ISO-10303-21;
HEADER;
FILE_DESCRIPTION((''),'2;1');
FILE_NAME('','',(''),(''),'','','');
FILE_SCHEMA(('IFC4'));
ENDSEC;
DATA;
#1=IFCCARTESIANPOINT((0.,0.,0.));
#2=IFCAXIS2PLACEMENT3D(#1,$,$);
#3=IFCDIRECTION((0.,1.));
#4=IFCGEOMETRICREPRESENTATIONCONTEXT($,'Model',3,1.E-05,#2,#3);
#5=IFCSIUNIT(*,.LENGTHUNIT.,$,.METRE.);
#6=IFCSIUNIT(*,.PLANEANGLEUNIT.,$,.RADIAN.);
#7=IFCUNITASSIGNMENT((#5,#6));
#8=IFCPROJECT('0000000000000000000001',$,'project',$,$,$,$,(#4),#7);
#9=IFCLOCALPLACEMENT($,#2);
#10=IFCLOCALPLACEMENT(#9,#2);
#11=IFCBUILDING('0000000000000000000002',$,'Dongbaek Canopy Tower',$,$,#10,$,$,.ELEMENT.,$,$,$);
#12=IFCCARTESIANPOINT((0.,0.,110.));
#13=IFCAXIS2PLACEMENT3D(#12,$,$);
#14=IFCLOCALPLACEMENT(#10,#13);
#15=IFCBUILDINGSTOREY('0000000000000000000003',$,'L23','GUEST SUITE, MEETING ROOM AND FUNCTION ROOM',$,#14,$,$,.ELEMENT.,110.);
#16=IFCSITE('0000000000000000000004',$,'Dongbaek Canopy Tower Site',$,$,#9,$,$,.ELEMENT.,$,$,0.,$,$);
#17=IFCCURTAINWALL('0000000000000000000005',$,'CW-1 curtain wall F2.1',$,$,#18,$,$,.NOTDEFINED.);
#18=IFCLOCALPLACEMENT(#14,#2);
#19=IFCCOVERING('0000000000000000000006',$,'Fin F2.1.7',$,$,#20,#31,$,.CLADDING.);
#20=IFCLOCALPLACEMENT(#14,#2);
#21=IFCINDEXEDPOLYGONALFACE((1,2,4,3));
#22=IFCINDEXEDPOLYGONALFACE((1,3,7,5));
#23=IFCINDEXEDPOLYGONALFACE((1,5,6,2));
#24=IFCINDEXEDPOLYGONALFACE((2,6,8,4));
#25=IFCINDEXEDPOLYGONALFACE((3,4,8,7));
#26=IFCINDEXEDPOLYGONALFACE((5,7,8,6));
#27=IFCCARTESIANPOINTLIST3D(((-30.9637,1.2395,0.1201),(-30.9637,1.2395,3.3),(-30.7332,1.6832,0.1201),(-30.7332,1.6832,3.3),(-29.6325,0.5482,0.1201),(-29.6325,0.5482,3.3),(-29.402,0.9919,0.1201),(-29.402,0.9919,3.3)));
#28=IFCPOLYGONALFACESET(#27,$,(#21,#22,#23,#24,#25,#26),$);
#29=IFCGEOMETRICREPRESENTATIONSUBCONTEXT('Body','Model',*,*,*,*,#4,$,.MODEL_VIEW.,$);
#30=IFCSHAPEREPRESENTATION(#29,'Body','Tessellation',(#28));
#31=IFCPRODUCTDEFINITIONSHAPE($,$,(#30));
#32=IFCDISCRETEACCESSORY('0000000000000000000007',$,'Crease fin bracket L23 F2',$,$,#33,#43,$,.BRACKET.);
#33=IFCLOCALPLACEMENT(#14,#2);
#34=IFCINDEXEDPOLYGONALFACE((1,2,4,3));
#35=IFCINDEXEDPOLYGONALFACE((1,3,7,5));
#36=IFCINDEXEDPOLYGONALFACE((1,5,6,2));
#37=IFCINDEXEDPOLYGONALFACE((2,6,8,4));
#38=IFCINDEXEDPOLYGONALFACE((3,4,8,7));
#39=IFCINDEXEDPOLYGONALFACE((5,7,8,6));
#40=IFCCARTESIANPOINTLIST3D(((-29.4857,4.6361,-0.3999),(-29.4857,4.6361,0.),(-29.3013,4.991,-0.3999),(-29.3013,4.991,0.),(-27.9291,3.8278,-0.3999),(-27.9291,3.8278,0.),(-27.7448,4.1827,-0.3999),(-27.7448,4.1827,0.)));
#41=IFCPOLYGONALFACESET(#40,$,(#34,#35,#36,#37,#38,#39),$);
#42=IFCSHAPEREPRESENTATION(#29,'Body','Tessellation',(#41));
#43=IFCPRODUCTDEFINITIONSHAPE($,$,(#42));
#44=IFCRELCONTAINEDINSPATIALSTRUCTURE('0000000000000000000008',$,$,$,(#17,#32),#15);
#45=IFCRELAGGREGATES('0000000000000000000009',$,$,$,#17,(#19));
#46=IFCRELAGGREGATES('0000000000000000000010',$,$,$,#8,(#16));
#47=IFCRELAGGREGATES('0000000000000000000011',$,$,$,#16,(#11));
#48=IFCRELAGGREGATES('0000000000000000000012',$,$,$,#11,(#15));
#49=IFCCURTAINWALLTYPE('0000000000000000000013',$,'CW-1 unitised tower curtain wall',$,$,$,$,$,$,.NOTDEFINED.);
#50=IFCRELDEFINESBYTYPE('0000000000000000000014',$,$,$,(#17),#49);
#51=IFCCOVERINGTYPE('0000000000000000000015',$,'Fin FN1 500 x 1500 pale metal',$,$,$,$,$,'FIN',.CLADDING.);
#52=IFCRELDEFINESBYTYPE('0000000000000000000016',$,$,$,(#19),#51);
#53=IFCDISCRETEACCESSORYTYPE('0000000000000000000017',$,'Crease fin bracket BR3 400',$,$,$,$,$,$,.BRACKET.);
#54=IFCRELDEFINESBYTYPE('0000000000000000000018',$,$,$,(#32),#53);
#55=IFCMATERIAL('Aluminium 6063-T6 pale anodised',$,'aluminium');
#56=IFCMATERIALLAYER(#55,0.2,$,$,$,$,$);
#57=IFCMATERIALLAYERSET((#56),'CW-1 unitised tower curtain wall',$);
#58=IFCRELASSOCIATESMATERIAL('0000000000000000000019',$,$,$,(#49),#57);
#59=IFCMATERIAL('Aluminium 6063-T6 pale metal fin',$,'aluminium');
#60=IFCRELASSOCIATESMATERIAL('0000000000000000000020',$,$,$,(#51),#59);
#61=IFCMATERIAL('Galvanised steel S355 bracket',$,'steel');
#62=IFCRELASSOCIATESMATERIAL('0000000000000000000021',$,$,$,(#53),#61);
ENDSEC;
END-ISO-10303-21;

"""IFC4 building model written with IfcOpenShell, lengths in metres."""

from ifc_helpers import new_model, si_unit, direction, frame, origin, origin_2d, place, context, subcontext, project, spatial, rectangle, extrude, material, layer, layer_set, material_profile, profile_set, type_object, element, aggregate, save


model = new_model("IFC4")

# Units and contexts
model_context = context("Model", 3, precision=1e-05, world=origin(), true_north=direction((0.0, 1.0)))
body_context = subcontext(model_context, "Body", "Model", "MODEL_VIEW")
ifc_project = project(units=[si_unit("LENGTHUNIT", "METRE"), si_unit("PLANEANGLEUNIT", "RADIAN")], contexts=[model_context])

# Site, building, storey
site_placement = place(None, origin())
site = spatial("IfcSite", under=ifc_project, at=site_placement, Name="Dongbaek Canopy Tower Site", CompositionType="ELEMENT", RefElevation=0.0)
building_placement = place(site_placement, origin())
building = spatial("IfcBuilding", under=site, at=building_placement, Name="Dongbaek Canopy Tower", CompositionType="ELEMENT")
storey_placement = place(building_placement, frame((0.0, 0.0, 110.0)))
storey = spatial("IfcBuildingStorey", under=building, at=storey_placement, Name="L23", Description="GUEST SUITE, MEETING ROOM AND FUNCTION ROOM", CompositionType="ELEMENT", Elevation=110.0)

# Curtain wall
ifc_material_1 = material(Name="Aluminium 6063-T6 pale anodised", Category="aluminium")
ifc_layer_1 = layer(ifc_material_1, 0.2)
ifc_layer_set_1 = layer_set([ifc_layer_1], Name="CW-1 unitised tower curtain wall")
curtain_wall_type = type_object("IfcCurtainWallType", Name="CW-1 unitised tower curtain wall", PredefinedType="NOTDEFINED", material=ifc_layer_set_1)
curtain_wall_placement = place(storey_placement, origin())
curtain_wall = element("IfcCurtainWall", 1, at=curtain_wall_placement, inside=storey, type_object=curtain_wall_type, Name="CW-1 curtain wall F2.1", PredefinedType="NOTDEFINED")

# Covering
ifc_material_2 = material(Name="Aluminium 6063-T6 pale metal fin", Category="aluminium")
ifc_material_profile_1 = material_profile(ifc_material_2, rectangle(XDim=1.5, YDim=0.5, at=origin_2d()), Name="Fin FN1 500 x 1500 pale metal")
ifc_profile_set_1 = profile_set([ifc_material_profile_1], Name="Aluminium 6063-T6 pale metal fin")
covering_type_1 = type_object("IfcCoveringType", Name="Fin FN1 500 x 1500 pale metal", ElementType="FIN", PredefinedType="CLADDING", material=ifc_profile_set_1)
covering_1_placement = place(storey_placement, frame((-30.1829, 1.1157, 0.1201), z_axis=(0.0, 0.0, 1.0), x_axis=(-0.887463, 0.46088, 0.0)))
covering_1 = element("IfcCovering", 2, at=covering_1_placement, type_object=covering_type_1, Name="Fin F2.1.7", PredefinedType="CLADDING", context=body_context, shape_type="SweptSolid", body=[
    extrude(rectangle(XDim=1.5, YDim=0.5, at=origin_2d()), origin(), (0.0, 0.0, 1.0), 3.1799),
])
aggregate(curtain_wall, [covering_1])

# Discrete accessory
ifc_material_3 = material(Name="Galvanised steel S355 bracket", Category="steel")
discrete_accessory_type = type_object("IfcDiscreteAccessoryType", Name="Crease fin bracket BR3 400", PredefinedType="BRACKET", material=ifc_material_3)
discrete_accessory_placement = place(storey_placement, frame((-28.6152, 4.4094, -0.3999), z_axis=(0.0, 0.0, 1.0), x_axis=(-0.887463, 0.46088, 0.0)))
element("IfcDiscreteAccessory", 3, at=discrete_accessory_placement, inside=storey, type_object=discrete_accessory_type, Name="Crease fin bracket L23 F2", PredefinedType="BRACKET", context=body_context, shape_type="SweptSolid", body=[
    extrude(rectangle(XDim=1.7539, YDim=0.3999, at=origin_2d()), origin(), (0.0, 0.0, 1.0), 0.3999),
])

save(model, "model.ifc")
